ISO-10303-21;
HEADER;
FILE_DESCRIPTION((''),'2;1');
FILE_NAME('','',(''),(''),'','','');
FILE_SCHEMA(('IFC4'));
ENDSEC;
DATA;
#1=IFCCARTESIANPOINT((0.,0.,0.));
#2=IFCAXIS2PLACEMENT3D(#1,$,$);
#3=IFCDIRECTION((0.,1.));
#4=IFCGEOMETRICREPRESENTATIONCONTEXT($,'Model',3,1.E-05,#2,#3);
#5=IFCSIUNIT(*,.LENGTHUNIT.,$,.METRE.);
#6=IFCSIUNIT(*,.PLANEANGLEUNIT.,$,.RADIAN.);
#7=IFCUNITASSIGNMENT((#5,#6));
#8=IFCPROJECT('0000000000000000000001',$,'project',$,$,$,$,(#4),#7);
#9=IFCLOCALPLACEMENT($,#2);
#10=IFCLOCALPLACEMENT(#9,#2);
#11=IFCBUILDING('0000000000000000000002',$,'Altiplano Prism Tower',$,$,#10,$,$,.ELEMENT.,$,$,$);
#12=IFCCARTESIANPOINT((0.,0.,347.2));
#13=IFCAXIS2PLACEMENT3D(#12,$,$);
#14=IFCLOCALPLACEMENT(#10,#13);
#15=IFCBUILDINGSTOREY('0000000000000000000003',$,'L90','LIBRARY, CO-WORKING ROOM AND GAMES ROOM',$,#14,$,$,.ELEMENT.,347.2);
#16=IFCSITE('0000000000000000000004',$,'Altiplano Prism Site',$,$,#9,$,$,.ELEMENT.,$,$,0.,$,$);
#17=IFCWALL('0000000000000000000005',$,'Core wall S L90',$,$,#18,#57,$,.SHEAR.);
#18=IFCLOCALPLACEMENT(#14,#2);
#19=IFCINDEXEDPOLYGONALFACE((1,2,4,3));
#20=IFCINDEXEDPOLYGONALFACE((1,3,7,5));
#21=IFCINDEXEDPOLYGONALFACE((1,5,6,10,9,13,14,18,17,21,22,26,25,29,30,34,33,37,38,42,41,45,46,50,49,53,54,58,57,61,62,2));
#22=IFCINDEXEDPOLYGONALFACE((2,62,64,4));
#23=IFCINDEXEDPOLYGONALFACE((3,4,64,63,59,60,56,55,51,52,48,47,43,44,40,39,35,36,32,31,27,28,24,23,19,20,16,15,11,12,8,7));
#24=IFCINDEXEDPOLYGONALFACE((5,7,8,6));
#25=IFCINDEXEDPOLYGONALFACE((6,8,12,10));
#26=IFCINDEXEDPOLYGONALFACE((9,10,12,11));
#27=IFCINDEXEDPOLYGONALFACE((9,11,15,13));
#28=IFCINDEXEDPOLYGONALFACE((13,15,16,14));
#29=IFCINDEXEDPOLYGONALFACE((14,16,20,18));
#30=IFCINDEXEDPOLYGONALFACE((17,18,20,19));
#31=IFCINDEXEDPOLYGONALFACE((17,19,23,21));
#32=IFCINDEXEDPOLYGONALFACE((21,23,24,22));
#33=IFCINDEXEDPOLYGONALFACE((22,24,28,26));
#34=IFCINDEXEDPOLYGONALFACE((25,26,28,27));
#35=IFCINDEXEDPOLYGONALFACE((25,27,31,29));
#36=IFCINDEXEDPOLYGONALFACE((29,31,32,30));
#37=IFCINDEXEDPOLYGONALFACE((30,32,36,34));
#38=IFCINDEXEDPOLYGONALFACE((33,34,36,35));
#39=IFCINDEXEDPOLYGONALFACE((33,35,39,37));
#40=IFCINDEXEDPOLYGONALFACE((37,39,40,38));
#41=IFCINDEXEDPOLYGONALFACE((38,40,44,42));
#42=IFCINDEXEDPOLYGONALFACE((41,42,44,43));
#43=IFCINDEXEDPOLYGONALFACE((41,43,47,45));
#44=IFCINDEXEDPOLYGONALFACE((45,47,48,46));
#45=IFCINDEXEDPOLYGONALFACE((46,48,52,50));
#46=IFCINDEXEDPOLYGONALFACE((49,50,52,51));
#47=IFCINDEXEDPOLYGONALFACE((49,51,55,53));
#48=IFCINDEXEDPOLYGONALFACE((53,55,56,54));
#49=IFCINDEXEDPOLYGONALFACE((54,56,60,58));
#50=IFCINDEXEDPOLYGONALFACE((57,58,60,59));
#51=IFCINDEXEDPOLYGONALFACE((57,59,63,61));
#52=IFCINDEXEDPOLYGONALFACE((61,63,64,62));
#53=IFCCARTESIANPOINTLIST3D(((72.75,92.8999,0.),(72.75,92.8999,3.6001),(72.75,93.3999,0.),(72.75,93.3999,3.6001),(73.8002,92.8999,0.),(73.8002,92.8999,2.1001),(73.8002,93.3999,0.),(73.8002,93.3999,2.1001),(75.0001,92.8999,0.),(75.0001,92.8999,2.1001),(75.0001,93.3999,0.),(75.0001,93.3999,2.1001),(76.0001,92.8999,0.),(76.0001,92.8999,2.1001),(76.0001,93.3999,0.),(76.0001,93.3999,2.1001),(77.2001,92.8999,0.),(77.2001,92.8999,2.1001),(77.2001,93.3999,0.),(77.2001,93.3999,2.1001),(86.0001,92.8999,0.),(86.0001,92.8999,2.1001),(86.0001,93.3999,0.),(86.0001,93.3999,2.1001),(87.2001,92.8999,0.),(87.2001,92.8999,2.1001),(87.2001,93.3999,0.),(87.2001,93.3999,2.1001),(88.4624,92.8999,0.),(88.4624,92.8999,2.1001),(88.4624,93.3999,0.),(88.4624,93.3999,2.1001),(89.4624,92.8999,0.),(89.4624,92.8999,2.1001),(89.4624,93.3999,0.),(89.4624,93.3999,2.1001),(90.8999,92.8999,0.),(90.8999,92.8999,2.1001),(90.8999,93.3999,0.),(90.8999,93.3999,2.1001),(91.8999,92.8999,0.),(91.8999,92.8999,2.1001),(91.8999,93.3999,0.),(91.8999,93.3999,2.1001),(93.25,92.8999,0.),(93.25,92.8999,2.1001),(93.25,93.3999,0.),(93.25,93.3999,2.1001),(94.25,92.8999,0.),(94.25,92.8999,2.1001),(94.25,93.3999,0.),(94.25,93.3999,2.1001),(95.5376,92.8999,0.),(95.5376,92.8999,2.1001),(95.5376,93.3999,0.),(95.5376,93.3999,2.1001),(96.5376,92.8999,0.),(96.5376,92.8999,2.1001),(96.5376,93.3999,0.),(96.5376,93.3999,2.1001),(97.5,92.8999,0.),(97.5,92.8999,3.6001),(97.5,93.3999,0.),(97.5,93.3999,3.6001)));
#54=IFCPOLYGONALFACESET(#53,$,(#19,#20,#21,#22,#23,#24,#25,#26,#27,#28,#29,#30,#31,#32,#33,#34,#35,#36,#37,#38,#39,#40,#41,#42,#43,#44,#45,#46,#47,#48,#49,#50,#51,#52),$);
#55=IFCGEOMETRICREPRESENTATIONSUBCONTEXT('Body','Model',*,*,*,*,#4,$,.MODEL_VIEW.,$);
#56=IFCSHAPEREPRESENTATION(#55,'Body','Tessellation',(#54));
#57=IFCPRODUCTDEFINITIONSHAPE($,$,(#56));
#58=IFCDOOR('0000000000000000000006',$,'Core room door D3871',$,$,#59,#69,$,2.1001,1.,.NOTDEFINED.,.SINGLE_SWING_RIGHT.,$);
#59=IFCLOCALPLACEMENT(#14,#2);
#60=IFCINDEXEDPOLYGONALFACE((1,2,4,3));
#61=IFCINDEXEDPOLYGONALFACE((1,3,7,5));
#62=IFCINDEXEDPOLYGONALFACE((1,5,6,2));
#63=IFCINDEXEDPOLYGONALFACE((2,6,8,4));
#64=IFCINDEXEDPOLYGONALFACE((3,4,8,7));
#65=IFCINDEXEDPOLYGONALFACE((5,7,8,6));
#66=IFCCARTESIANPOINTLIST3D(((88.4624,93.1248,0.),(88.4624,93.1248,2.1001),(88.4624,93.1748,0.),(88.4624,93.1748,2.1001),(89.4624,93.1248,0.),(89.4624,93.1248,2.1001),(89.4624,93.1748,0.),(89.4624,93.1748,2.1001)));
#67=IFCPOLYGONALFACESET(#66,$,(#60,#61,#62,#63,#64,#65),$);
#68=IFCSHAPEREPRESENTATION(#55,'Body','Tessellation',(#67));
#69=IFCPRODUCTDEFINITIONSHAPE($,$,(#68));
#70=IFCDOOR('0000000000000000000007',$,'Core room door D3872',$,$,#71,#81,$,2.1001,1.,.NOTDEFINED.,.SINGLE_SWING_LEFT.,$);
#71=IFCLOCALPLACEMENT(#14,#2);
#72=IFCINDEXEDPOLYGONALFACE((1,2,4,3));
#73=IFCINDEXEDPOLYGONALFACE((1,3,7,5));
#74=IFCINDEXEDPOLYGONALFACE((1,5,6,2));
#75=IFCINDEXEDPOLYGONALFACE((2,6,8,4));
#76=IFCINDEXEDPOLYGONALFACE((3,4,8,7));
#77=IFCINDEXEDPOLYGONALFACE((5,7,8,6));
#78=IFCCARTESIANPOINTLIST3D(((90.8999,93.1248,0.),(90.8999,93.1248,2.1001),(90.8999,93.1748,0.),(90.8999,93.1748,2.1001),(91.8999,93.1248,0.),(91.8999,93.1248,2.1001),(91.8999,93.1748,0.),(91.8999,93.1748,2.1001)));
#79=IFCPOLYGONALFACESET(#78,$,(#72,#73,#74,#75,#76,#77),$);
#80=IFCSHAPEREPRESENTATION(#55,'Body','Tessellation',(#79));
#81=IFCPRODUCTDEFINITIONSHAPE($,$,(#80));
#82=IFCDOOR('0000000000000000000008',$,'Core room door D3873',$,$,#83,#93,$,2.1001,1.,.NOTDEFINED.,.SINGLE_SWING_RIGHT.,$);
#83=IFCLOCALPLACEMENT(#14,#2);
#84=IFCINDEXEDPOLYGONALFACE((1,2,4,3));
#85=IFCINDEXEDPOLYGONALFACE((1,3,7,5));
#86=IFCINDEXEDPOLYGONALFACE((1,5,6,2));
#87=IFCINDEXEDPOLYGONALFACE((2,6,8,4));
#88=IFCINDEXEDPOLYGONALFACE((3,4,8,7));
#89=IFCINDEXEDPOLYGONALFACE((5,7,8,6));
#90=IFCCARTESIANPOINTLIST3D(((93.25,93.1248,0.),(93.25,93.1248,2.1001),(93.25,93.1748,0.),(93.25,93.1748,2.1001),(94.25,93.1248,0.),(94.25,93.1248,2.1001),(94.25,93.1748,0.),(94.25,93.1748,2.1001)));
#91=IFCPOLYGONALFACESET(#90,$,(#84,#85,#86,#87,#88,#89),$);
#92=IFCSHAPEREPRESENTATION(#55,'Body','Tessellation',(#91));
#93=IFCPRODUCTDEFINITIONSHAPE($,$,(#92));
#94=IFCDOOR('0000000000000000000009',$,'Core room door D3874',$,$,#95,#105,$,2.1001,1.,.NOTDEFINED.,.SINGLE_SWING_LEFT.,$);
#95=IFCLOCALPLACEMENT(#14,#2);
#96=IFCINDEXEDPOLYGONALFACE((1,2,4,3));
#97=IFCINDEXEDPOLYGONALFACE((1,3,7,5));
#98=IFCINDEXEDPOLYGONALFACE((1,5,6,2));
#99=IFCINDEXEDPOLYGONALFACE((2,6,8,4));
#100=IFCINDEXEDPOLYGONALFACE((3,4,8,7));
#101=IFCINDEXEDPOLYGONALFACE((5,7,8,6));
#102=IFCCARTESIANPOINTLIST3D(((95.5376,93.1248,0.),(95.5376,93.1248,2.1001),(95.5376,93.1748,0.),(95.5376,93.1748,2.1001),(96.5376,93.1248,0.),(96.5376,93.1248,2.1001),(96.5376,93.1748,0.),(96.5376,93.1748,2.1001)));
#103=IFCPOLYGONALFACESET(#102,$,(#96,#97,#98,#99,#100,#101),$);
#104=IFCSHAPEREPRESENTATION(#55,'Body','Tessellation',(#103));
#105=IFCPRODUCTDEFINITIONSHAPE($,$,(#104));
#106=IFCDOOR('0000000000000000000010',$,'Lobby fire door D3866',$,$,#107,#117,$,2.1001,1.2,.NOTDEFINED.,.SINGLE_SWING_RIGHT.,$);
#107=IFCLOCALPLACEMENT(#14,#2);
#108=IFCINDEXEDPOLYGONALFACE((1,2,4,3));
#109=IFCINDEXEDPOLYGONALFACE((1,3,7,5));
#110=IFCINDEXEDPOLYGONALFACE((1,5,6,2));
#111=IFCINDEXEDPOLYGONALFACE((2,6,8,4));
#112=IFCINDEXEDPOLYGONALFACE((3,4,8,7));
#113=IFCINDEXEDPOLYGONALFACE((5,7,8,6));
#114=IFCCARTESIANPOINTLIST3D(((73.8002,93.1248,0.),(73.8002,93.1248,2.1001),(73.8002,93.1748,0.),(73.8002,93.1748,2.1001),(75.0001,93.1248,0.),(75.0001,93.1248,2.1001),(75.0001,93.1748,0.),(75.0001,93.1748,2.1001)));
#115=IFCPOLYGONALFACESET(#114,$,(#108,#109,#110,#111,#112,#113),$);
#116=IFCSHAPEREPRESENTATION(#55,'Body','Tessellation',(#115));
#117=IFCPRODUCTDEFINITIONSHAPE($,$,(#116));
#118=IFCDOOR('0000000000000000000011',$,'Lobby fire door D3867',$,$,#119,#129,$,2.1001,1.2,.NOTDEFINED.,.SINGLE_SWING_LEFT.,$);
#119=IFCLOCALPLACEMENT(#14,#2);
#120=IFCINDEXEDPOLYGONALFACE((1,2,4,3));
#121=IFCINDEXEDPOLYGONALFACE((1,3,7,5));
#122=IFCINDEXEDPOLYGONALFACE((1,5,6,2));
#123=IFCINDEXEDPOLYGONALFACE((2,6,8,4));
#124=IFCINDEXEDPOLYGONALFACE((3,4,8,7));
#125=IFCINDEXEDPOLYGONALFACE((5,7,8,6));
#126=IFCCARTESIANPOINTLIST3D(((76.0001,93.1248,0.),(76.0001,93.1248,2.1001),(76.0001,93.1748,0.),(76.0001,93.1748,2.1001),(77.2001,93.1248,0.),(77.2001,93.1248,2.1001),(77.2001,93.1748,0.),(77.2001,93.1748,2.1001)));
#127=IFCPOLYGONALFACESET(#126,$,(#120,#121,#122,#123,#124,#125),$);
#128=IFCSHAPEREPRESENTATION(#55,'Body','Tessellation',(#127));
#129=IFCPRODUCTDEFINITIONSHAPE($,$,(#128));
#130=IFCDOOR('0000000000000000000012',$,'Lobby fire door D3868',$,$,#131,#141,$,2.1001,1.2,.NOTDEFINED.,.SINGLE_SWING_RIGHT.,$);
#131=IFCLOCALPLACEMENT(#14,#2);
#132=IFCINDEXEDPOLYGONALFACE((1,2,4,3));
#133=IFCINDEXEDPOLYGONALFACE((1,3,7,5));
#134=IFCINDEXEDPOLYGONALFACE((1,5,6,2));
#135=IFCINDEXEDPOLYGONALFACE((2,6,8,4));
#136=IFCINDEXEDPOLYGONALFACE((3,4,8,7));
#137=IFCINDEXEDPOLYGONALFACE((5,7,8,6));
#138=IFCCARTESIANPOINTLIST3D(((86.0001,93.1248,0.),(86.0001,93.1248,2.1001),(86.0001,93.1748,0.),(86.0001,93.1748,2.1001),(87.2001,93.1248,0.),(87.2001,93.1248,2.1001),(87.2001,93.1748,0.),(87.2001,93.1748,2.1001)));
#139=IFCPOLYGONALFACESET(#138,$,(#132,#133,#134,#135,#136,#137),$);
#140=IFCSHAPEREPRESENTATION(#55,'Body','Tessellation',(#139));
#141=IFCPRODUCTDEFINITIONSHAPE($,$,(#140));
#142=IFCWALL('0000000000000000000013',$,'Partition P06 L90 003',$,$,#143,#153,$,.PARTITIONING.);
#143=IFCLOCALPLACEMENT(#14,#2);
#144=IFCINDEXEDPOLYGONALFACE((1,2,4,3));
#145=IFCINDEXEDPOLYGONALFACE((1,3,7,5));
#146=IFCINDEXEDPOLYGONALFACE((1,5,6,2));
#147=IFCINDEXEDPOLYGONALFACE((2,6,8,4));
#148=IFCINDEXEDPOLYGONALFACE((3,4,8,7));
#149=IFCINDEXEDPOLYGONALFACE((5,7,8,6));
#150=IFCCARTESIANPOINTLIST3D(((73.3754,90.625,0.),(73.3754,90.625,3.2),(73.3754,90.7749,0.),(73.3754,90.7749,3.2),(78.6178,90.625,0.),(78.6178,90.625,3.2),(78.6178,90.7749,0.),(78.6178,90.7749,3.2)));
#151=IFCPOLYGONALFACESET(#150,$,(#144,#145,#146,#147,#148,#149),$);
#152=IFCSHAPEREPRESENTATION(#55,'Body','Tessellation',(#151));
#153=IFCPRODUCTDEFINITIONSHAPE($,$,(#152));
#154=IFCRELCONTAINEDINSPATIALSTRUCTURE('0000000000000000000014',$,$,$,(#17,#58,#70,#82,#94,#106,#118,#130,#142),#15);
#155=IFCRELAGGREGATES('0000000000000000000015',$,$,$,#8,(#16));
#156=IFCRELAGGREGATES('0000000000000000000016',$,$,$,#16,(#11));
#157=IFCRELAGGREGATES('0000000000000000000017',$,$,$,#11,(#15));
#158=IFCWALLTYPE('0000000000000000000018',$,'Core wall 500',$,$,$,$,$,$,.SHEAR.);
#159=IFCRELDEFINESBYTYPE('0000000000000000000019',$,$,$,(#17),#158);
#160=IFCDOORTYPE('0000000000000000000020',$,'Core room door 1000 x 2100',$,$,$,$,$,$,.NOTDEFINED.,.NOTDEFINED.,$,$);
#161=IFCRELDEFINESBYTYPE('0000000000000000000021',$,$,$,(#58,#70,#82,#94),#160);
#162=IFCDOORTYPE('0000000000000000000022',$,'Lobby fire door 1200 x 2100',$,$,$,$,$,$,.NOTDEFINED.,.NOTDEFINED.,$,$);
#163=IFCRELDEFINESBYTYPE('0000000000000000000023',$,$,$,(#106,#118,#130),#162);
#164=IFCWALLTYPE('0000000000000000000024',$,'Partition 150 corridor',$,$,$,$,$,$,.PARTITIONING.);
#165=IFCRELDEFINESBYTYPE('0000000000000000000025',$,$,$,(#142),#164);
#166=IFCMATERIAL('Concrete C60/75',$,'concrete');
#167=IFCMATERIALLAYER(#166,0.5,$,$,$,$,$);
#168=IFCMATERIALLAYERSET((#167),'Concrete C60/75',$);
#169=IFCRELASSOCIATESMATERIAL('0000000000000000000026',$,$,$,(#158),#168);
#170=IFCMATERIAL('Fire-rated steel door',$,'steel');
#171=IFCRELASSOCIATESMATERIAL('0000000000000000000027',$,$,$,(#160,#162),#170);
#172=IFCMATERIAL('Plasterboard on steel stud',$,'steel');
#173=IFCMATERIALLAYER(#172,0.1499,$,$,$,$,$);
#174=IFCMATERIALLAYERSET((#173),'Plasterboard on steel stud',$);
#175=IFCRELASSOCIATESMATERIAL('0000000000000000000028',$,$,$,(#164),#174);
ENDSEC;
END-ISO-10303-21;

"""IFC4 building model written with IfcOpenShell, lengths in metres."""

from ifc_helpers import new_model, si_unit, direction, frame, frame_2d, origin, place, context, subcontext, project, spatial, rectangle, extrude, material, layer, layer_set, type_object, element, fill, save


model = new_model("IFC4")

# Units and contexts
model_context = context("Model", 3, precision=1e-05, world=origin(), true_north=direction((0.0, 1.0)))
body_context = subcontext(model_context, "Body", "Model", "MODEL_VIEW")
ifc_project = project(units=[si_unit("LENGTHUNIT", "METRE"), si_unit("PLANEANGLEUNIT", "RADIAN")], contexts=[model_context])

# Site, building, storey
site_placement = place(None, origin())
site = spatial("IfcSite", under=ifc_project, at=site_placement, Name="Altiplano Prism Site", CompositionType="ELEMENT", RefElevation=0.0)
building_placement = place(site_placement, origin())
building = spatial("IfcBuilding", under=site, at=building_placement, Name="Altiplano Prism Tower", CompositionType="ELEMENT")
storey_placement = place(building_placement, frame((0.0, 0.0, 347.2)))
storey = spatial("IfcBuildingStorey", under=building, at=storey_placement, Name="L90", Description="LIBRARY, CO-WORKING ROOM AND GAMES ROOM", CompositionType="ELEMENT", Elevation=347.2)

# Shared definitions
ifc_material_1 = material(Name="Concrete C60/75", Category="concrete")

# Wall, openings, doors
ifc_layer_1 = layer(ifc_material_1, 0.5)
ifc_layer_set_1 = layer_set([ifc_layer_1], Name="Concrete C60/75")
wall_type_1 = type_object("IfcWallType", Name="Core wall 500", PredefinedType="SHEAR", material=ifc_layer_set_1)
wall_1_placement = place(storey_placement, frame((72.75, 93.1499, 0.0), z_axis=(0.0, 0.0, 1.0), x_axis=(1.0, 0.0, 0.0)))
wall_1 = element("IfcWall", 1, at=wall_1_placement, inside=storey, type_object=wall_type_1, Name="Core wall S L90", PredefinedType="SHEAR", context=body_context, shape_type="SweptSolid", body=[
    extrude(rectangle(XDim=24.75, YDim=0.5, at=frame_2d((12.375, 0.0))), origin(), (0.0, 0.0, 1.0), 3.6001),
])
opening_1_placement = place(wall_1_placement, frame((1.05, 0.0, 0.0)))
opening_1 = element("IfcOpeningElement", 2, at=opening_1_placement, cuts=wall_1, PredefinedType="OPENING", context=body_context, shape_type="SweptSolid", body=[
    extrude(rectangle(XDim=1.2, YDim=2.1001, at=frame_2d((0.6001, 1.05))), frame((0.0, 0.2605, 0.0), z_axis=(0.0, -1.0, 0.0), x_axis=(1.0, 0.0, 0.0)), (0.0, 0.0, 1.0), 0.521),
])
opening_2_placement = place(wall_1_placement, frame((3.25, 0.0, 0.0)))
opening_2 = element("IfcOpeningElement", 3, at=opening_2_placement, cuts=wall_1, PredefinedType="OPENING", context=body_context, shape_type="SweptSolid", body=[
    extrude(rectangle(XDim=1.2, YDim=2.1001, at=frame_2d((0.6001, 1.05))), frame((0.0, 0.2605, 0.0), z_axis=(0.0, -1.0, 0.0), x_axis=(1.0, 0.0, 0.0)), (0.0, 0.0, 1.0), 0.521),
])
opening_3_placement = place(wall_1_placement, frame((13.25, 0.0, 0.0)))
opening_3 = element("IfcOpeningElement", 4, at=opening_3_placement, cuts=wall_1, PredefinedType="OPENING", context=body_context, shape_type="SweptSolid", body=[
    extrude(rectangle(XDim=1.2, YDim=2.1001, at=frame_2d((0.6001, 1.05))), frame((0.0, 0.2605, 0.0), z_axis=(0.0, -1.0, 0.0), x_axis=(1.0, 0.0, 0.0)), (0.0, 0.0, 1.0), 0.521),
])
opening_4_placement = place(wall_1_placement, frame((15.7124, 0.0, 0.0)))
opening_4 = element("IfcOpeningElement", 5, at=opening_4_placement, cuts=wall_1, PredefinedType="OPENING", context=body_context, shape_type="SweptSolid", body=[
    extrude(rectangle(XDim=1.0, YDim=2.1001, at=frame_2d((0.5, 1.05))), frame((0.0, 0.2605, 0.0), z_axis=(0.0, -1.0, 0.0), x_axis=(1.0, 0.0, 0.0)), (0.0, 0.0, 1.0), 0.521),
])
opening_5_placement = place(wall_1_placement, frame((18.1499, 0.0, 0.0)))
opening_5 = element("IfcOpeningElement", 6, at=opening_5_placement, cuts=wall_1, PredefinedType="OPENING", context=body_context, shape_type="SweptSolid", body=[
    extrude(rectangle(XDim=1.0, YDim=2.1001, at=frame_2d((0.5, 1.05))), frame((0.0, 0.2605, 0.0), z_axis=(0.0, -1.0, 0.0), x_axis=(1.0, 0.0, 0.0)), (0.0, 0.0, 1.0), 0.521),
])
opening_6_placement = place(wall_1_placement, frame((20.5, 0.0, 0.0)))
opening_6 = element("IfcOpeningElement", 7, at=opening_6_placement, cuts=wall_1, PredefinedType="OPENING", context=body_context, shape_type="SweptSolid", body=[
    extrude(rectangle(XDim=1.0, YDim=2.1001, at=frame_2d((0.5, 1.05))), frame((0.0, 0.2605, 0.0), z_axis=(0.0, -1.0, 0.0), x_axis=(1.0, 0.0, 0.0)), (0.0, 0.0, 1.0), 0.521),
])
opening_7_placement = place(wall_1_placement, frame((22.7876, 0.0, 0.0)))
opening_7 = element("IfcOpeningElement", 8, at=opening_7_placement, cuts=wall_1, PredefinedType="OPENING", context=body_context, shape_type="SweptSolid", body=[
    extrude(rectangle(XDim=1.0, YDim=2.1001, at=frame_2d((0.5, 1.05))), frame((0.0, 0.2605, 0.0), z_axis=(0.0, -1.0, 0.0), x_axis=(1.0, 0.0, 0.0)), (0.0, 0.0, 1.0), 0.521),
])
ifc_material_2 = material(Name="Fire-rated steel door", Category="steel")
door_type_1 = type_object("IfcDoorType", Name="Core room door 1000 x 2100", OperationType="NOTDEFINED", PredefinedType="NOTDEFINED", material=ifc_material_2)
door_1_placement = place(opening_4_placement, origin())
door_1 = element("IfcDoor", 9, at=door_1_placement, inside=storey, type_object=door_type_1, Name="Core room door D3871", OperationType="SINGLE_SWING_RIGHT", OverallHeight=2.1001, OverallWidth=1.0, PredefinedType="NOTDEFINED", context=body_context, shape_type="SweptSolid", body=[
    extrude(rectangle(XDim=1.0, YDim=2.1001, at=frame_2d((0.5, 1.05))), frame((0.0, 0.0249, 0.0), z_axis=(0.0, -1.0, 0.0), x_axis=(1.0, 0.0, 0.0)), (0.0, 0.0, 1.0), 0.05),
])
fill(opening_4, door_1)
door_2_placement = place(opening_5_placement, origin())
door_2 = element("IfcDoor", 10, at=door_2_placement, inside=storey, type_object=door_type_1, Name="Core room door D3872", OperationType="SINGLE_SWING_LEFT", OverallHeight=2.1001, OverallWidth=1.0, PredefinedType="NOTDEFINED", context=body_context, shape_type="SweptSolid", body=[
    extrude(rectangle(XDim=1.0, YDim=2.1001, at=frame_2d((0.5, 1.05))), frame((0.0, 0.0249, 0.0), z_axis=(0.0, -1.0, 0.0), x_axis=(1.0, 0.0, 0.0)), (0.0, 0.0, 1.0), 0.05),
])
fill(opening_5, door_2)
door_3_placement = place(opening_6_placement, origin())
door_3 = element("IfcDoor", 11, at=door_3_placement, inside=storey, type_object=door_type_1, Name="Core room door D3873", OperationType="SINGLE_SWING_RIGHT", OverallHeight=2.1001, OverallWidth=1.0, PredefinedType="NOTDEFINED", context=body_context, shape_type="SweptSolid", body=[
    extrude(rectangle(XDim=1.0, YDim=2.1001, at=frame_2d((0.5, 1.05))), frame((0.0, 0.0249, 0.0), z_axis=(0.0, -1.0, 0.0), x_axis=(1.0, 0.0, 0.0)), (0.0, 0.0, 1.0), 0.05),
])
fill(opening_6, door_3)
door_4_placement = place(opening_7_placement, origin())
door_4 = element("IfcDoor", 12, at=door_4_placement, inside=storey, type_object=door_type_1, Name="Core room door D3874", OperationType="SINGLE_SWING_LEFT", OverallHeight=2.1001, OverallWidth=1.0, PredefinedType="NOTDEFINED", context=body_context, shape_type="SweptSolid", body=[
    extrude(rectangle(XDim=1.0, YDim=2.1001, at=frame_2d((0.5, 1.05))), frame((0.0, 0.0249, 0.0), z_axis=(0.0, -1.0, 0.0), x_axis=(1.0, 0.0, 0.0)), (0.0, 0.0, 1.0), 0.05),
])
fill(opening_7, door_4)
door_type_2 = type_object("IfcDoorType", Name="Lobby fire door 1200 x 2100", OperationType="NOTDEFINED", PredefinedType="NOTDEFINED", material=ifc_material_2)
door_5_placement = place(opening_1_placement, origin())
door_5 = element("IfcDoor", 13, at=door_5_placement, inside=storey, type_object=door_type_2, Name="Lobby fire door D3866", OperationType="SINGLE_SWING_RIGHT", OverallHeight=2.1001, OverallWidth=1.2, PredefinedType="NOTDEFINED", context=body_context, shape_type="SweptSolid", body=[
    extrude(rectangle(XDim=1.2, YDim=2.1001, at=frame_2d((0.6001, 1.05))), frame((0.0, 0.0249, 0.0), z_axis=(0.0, -1.0, 0.0), x_axis=(1.0, 0.0, 0.0)), (0.0, 0.0, 1.0), 0.05),
])
fill(opening_1, door_5)
door_6_placement = place(opening_2_placement, origin())
door_6 = element("IfcDoor", 14, at=door_6_placement, inside=storey, type_object=door_type_2, Name="Lobby fire door D3867", OperationType="SINGLE_SWING_LEFT", OverallHeight=2.1001, OverallWidth=1.2, PredefinedType="NOTDEFINED", context=body_context, shape_type="SweptSolid", body=[
    extrude(rectangle(XDim=1.2, YDim=2.1001, at=frame_2d((0.6001, 1.05))), frame((0.0, 0.0249, 0.0), z_axis=(0.0, -1.0, 0.0), x_axis=(1.0, 0.0, 0.0)), (0.0, 0.0, 1.0), 0.05),
])
fill(opening_2, door_6)
door_7_placement = place(opening_3_placement, origin())
door_7 = element("IfcDoor", 15, at=door_7_placement, inside=storey, type_object=door_type_2, Name="Lobby fire door D3868", OperationType="SINGLE_SWING_RIGHT", OverallHeight=2.1001, OverallWidth=1.2, PredefinedType="NOTDEFINED", context=body_context, shape_type="SweptSolid", body=[
    extrude(rectangle(XDim=1.2, YDim=2.1001, at=frame_2d((0.6001, 1.05))), frame((0.0, 0.0249, 0.0), z_axis=(0.0, -1.0, 0.0), x_axis=(1.0, 0.0, 0.0)), (0.0, 0.0, 1.0), 0.05),
])
fill(opening_3, door_7)

# Wall
ifc_material_3 = material(Name="Plasterboard on steel stud", Category="steel")
ifc_layer_2 = layer(ifc_material_3, 0.1499)
ifc_layer_set_2 = layer_set([ifc_layer_2], Name="Plasterboard on steel stud")
wall_type_2 = type_object("IfcWallType", Name="Partition 150 corridor", PredefinedType="PARTITIONING", material=ifc_layer_set_2)
wall_2_placement = place(storey_placement, frame((73.3755, 90.7, 0.0), z_axis=(0.0, 0.0, 1.0), x_axis=(1.0, 0.0, 0.0)))
element("IfcWall", 16, at=wall_2_placement, inside=storey, type_object=wall_type_2, Name="Partition P06 L90 003", PredefinedType="PARTITIONING", context=body_context, shape_type="SweptSolid", body=[
    extrude(rectangle(XDim=5.2424, YDim=0.1499, at=frame_2d((2.6211, 0.0))), origin(), (0.0, 0.0, 1.0), 3.2),
])

save(model, "model.ifc")
